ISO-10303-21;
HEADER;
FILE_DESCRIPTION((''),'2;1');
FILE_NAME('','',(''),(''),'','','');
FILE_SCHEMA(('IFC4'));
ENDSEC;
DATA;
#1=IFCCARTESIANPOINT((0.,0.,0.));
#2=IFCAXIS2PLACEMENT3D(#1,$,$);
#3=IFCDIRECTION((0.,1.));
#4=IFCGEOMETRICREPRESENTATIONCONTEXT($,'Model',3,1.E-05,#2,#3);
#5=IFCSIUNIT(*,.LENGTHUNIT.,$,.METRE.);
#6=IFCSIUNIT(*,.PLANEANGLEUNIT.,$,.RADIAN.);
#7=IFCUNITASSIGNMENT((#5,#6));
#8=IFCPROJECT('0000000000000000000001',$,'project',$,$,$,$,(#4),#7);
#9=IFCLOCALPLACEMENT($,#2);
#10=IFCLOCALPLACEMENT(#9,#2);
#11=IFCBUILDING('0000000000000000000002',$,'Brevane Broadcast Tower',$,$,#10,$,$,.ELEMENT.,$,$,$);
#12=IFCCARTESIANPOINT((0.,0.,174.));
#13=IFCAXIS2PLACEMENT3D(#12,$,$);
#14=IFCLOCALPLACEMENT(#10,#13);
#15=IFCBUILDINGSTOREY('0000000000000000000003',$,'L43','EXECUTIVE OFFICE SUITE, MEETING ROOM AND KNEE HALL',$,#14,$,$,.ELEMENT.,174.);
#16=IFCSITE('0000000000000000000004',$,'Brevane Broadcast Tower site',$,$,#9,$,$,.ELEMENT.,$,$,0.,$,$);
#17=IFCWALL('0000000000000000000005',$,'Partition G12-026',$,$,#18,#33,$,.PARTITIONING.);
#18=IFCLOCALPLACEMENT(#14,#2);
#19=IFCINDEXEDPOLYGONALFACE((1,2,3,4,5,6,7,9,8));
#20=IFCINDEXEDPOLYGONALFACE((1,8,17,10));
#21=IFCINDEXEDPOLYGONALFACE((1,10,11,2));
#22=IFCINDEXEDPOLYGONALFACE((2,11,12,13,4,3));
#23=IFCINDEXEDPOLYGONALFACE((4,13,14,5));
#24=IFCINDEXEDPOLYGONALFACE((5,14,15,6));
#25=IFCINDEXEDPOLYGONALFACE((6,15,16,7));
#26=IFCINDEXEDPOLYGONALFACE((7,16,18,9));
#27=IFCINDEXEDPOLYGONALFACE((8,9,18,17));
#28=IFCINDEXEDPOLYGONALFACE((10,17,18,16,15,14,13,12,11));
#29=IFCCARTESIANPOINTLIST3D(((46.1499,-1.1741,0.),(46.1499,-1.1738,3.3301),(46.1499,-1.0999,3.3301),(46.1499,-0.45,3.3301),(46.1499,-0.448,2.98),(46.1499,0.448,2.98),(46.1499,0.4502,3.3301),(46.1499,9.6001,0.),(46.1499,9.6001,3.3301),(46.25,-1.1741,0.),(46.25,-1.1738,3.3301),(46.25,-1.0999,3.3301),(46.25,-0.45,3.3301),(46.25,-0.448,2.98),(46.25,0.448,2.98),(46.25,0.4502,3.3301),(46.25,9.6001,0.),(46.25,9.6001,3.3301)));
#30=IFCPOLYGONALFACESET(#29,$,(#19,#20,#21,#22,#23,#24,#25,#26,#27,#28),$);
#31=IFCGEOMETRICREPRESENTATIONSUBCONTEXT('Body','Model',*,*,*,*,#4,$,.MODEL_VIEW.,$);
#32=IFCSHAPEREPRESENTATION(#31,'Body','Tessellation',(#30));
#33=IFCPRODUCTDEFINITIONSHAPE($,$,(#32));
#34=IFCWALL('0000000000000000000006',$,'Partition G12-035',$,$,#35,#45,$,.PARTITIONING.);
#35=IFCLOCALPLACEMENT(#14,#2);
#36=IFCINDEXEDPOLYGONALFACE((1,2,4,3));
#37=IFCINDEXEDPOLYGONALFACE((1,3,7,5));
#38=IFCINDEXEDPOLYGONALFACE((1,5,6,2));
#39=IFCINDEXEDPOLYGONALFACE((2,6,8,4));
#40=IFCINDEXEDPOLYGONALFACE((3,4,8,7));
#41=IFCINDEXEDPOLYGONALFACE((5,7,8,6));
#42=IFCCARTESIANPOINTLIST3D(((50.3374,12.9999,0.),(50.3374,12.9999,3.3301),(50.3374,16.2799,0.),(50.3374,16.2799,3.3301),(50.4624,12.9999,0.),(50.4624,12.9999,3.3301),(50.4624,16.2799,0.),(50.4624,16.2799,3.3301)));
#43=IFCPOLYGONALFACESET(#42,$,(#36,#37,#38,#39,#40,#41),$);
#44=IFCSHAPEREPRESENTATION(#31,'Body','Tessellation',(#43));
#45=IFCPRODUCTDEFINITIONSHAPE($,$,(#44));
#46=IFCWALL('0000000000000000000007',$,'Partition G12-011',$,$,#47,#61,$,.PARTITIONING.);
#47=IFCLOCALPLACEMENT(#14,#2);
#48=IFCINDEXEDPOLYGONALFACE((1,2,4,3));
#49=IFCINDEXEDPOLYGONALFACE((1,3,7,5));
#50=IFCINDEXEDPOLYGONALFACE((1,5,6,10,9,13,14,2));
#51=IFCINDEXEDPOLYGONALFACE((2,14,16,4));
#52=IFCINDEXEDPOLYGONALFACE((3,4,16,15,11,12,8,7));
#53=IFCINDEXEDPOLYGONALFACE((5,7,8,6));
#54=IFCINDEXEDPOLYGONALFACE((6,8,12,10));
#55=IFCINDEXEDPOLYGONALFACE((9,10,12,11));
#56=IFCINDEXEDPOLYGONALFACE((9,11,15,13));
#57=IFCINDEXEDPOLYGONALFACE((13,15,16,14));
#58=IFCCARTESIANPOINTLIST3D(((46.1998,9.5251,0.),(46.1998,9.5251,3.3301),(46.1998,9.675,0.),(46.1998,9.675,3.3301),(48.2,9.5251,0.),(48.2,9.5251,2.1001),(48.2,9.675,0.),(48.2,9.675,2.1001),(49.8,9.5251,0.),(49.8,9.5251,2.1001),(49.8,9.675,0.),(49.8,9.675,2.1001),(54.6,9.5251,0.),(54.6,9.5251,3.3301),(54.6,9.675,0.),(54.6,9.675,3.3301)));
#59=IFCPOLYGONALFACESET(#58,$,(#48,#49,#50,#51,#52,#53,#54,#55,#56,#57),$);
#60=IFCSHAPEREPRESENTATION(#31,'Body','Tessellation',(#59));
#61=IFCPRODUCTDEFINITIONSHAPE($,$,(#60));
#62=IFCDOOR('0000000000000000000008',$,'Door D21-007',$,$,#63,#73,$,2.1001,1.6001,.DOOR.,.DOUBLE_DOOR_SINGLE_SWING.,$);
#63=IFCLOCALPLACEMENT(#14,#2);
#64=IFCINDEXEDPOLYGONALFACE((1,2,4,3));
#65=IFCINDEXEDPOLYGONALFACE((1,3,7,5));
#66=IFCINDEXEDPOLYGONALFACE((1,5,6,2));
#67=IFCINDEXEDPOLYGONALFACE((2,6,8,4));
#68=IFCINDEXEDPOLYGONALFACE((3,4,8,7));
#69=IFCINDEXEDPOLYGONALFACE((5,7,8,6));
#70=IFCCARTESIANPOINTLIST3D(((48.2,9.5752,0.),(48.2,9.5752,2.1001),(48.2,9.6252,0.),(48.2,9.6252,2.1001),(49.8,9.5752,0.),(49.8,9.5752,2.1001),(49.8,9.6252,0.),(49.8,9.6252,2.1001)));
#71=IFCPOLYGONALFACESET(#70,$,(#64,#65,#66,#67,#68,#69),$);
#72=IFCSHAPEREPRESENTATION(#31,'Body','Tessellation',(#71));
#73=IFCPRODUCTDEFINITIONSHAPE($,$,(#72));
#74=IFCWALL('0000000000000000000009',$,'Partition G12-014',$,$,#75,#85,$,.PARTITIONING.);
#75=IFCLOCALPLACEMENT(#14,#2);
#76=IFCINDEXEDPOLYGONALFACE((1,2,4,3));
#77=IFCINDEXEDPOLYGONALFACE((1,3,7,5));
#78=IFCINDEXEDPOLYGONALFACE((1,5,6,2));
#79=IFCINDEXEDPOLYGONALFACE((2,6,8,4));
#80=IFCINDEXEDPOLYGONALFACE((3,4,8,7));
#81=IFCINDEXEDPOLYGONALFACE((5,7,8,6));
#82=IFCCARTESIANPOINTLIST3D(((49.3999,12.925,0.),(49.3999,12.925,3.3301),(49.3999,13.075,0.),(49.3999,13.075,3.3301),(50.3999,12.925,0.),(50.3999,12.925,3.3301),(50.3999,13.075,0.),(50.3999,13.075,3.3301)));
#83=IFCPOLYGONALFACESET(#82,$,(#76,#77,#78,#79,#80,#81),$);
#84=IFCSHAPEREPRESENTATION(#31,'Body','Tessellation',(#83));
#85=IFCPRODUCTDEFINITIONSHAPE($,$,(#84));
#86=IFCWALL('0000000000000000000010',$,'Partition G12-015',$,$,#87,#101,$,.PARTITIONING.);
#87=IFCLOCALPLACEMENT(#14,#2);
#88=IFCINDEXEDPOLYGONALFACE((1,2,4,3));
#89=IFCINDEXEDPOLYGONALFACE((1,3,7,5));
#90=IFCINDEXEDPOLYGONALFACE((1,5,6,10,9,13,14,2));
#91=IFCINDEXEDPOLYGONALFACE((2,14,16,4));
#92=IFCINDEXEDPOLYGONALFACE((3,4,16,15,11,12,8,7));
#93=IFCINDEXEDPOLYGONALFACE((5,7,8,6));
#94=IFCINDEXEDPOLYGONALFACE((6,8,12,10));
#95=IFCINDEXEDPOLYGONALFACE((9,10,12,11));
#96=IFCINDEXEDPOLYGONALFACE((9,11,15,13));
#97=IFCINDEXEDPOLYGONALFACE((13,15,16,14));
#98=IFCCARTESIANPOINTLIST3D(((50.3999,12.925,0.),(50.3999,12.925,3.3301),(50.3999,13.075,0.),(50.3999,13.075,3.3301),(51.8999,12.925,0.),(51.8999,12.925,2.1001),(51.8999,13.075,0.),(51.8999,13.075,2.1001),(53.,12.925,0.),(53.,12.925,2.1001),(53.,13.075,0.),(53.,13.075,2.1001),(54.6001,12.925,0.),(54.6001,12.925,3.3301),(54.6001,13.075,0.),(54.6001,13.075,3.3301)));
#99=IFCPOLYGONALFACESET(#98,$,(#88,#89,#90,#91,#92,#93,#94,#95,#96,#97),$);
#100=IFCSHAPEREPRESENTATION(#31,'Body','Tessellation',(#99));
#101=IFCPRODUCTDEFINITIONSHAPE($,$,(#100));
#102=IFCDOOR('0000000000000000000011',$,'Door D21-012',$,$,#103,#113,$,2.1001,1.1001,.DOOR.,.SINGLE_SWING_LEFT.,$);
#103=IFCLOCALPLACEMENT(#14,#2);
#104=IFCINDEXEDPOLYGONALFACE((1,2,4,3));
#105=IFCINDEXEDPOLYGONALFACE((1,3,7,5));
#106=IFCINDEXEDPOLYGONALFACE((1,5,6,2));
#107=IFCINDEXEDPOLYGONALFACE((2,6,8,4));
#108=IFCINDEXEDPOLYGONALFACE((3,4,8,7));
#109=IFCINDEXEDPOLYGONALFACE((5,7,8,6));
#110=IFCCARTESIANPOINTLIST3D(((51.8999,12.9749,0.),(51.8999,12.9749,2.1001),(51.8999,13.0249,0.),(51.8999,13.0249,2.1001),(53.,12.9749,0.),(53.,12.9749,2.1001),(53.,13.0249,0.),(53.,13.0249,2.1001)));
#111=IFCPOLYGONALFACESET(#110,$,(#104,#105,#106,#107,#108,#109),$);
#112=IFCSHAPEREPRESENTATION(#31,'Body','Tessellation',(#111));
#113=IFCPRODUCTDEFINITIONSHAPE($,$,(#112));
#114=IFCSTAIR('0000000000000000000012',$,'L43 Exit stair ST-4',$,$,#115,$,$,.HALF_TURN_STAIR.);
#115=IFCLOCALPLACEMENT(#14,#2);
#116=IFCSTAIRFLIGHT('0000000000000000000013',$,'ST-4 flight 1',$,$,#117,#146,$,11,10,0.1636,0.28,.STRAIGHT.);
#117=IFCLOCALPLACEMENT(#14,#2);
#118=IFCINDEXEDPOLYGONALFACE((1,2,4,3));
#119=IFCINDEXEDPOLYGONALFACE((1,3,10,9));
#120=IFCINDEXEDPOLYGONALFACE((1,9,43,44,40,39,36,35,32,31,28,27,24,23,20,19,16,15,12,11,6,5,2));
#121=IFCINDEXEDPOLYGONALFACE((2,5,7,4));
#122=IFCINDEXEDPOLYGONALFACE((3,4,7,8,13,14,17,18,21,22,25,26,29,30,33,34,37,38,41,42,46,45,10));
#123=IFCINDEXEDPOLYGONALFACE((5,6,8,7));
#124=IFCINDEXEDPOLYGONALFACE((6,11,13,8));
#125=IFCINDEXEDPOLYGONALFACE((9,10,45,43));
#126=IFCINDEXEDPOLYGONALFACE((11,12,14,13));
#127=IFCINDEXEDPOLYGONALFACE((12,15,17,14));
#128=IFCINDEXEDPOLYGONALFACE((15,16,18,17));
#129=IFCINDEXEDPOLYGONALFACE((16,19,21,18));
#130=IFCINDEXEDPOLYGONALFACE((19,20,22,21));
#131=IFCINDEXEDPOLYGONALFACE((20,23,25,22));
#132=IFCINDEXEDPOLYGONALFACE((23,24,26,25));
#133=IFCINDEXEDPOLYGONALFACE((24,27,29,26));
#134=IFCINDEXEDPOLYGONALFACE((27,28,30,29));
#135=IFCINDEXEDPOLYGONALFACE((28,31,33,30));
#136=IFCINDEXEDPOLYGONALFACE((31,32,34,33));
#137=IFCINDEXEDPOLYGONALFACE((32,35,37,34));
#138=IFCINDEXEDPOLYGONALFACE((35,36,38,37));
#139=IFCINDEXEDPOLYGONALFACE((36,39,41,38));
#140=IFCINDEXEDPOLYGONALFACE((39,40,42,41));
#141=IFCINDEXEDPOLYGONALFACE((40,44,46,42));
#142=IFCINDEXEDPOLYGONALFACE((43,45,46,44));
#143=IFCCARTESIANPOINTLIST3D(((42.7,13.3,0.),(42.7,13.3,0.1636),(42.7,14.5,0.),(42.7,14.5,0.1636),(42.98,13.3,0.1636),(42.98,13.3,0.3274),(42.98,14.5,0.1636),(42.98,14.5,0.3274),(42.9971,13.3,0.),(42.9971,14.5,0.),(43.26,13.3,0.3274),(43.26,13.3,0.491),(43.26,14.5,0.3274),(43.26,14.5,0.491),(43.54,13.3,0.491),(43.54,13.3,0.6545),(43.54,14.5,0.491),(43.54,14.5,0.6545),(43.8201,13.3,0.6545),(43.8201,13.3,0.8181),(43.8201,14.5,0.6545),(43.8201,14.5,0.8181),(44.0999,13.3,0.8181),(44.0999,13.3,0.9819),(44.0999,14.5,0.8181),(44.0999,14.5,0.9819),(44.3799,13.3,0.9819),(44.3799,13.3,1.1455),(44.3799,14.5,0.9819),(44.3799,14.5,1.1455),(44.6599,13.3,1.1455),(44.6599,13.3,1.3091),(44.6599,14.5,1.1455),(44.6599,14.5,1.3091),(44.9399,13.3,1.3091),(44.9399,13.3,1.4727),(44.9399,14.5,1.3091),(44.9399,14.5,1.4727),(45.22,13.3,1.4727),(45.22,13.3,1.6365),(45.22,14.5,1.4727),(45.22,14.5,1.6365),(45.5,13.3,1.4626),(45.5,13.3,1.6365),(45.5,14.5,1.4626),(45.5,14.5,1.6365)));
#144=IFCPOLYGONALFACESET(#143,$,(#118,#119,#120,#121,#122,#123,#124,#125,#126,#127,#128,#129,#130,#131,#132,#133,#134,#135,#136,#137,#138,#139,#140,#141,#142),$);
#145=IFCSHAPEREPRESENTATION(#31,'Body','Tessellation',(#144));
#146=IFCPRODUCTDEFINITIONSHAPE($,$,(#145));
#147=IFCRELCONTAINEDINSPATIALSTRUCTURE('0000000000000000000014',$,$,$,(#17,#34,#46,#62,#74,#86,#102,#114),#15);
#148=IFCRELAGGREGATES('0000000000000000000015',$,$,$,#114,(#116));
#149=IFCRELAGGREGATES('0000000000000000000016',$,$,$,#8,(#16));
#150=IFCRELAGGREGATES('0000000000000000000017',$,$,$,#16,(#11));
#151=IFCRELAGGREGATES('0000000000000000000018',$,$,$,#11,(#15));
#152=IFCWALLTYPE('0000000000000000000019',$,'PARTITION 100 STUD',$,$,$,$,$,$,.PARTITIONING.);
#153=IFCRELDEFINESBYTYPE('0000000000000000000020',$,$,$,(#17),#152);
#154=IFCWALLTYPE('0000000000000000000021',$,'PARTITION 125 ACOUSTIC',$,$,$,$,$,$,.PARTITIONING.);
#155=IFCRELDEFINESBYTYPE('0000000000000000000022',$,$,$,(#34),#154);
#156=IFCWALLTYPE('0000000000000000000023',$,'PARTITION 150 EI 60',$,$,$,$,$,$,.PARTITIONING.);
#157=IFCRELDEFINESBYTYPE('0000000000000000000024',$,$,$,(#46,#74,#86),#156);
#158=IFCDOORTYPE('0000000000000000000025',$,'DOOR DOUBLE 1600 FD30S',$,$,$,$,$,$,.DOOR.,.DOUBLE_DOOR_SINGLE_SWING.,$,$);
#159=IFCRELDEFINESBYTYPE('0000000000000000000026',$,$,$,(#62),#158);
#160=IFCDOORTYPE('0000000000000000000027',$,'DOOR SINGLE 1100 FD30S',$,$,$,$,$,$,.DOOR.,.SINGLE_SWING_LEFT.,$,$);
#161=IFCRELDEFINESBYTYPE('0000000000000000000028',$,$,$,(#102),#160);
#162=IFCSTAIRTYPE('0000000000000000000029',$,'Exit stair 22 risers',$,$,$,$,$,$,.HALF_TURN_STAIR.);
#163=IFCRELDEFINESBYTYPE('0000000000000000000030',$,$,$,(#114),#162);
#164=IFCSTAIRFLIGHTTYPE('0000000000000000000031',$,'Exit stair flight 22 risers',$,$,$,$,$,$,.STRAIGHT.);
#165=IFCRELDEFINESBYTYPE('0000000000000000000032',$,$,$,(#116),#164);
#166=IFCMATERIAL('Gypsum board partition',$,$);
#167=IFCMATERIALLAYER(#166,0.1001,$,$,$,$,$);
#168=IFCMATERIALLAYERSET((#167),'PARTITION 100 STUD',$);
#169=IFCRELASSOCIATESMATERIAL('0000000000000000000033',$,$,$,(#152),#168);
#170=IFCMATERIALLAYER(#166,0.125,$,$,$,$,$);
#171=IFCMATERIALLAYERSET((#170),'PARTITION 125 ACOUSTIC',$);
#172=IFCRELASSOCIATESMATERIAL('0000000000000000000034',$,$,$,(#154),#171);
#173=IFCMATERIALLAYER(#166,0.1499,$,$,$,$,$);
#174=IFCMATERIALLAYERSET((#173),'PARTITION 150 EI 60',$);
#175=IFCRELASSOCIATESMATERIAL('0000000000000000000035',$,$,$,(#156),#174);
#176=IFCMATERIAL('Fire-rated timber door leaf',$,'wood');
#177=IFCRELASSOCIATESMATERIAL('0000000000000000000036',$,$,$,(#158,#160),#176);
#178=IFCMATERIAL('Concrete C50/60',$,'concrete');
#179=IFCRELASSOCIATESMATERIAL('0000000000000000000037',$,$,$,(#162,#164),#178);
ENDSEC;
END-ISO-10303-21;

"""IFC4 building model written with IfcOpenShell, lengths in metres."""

from ifc_helpers import new_model, si_unit, direction, frame, frame_2d, origin, place, context, subcontext, project, spatial, polyline, rectangle, outline, extrude, material, layer, layer_set, type_object, element, fill, aggregate, save


model = new_model("IFC4")

# Units and contexts
model_context = context("Model", 3, precision=1e-05, world=origin(), true_north=direction((0.0, 1.0)))
body_context = subcontext(model_context, "Body", "Model", "MODEL_VIEW")
ifc_project = project(units=[si_unit("LENGTHUNIT", "METRE"), si_unit("PLANEANGLEUNIT", "RADIAN")], contexts=[model_context])

# Site, building, storey
site_placement = place(None, origin())
site = spatial("IfcSite", under=ifc_project, at=site_placement, Name="Brevane Broadcast Tower site", CompositionType="ELEMENT", RefElevation=0.0)
building_placement = place(site_placement, origin())
building = spatial("IfcBuilding", under=site, at=building_placement, Name="Brevane Broadcast Tower", CompositionType="ELEMENT")
storey_placement = place(building_placement, frame((0.0, 0.0, 174.0)))
storey = spatial("IfcBuildingStorey", under=building, at=storey_placement, Name="L43", Description="EXECUTIVE OFFICE SUITE, MEETING ROOM AND KNEE HALL", CompositionType="ELEMENT", Elevation=174.0)

# Walls
ifc_material_1 = material(Name="Gypsum board partition")
ifc_layer_1 = layer(ifc_material_1, 0.1001)
ifc_layer_set_1 = layer_set([ifc_layer_1], Name="PARTITION 100 STUD")
wall_type_1 = type_object("IfcWallType", Name="PARTITION 100 STUD", PredefinedType="PARTITIONING", material=ifc_layer_set_1)
wall_1_placement = place(storey_placement, frame((46.2, 9.6001, 0.0), z_axis=(0.0, 0.0, 1.0), x_axis=(0.0, -1.0, 0.0)))
element("IfcWall", 1, at=wall_1_placement, inside=storey, type_object=wall_type_1, Name="Partition G12-026", PredefinedType="PARTITIONING", context=body_context, shape_type="SweptSolid", body=[
    extrude(outline(polyline([(0.0, 0.0), (10.7742, 0.0), (10.7739, 3.3301), (10.7, 3.3301), (10.05, 3.3301), (10.0481, 2.98), (9.1521, 2.98), (9.1499, 3.3301), (0.0, 3.3301), (0.0, 0.0)])), frame((0.0, 0.05, 0.0), z_axis=(0.0, -1.0, 0.0), x_axis=(1.0, 0.0, 0.0)), (0.0, 0.0, 1.0), 0.1001),
])
ifc_layer_2 = layer(ifc_material_1, 0.125)
ifc_layer_set_2 = layer_set([ifc_layer_2], Name="PARTITION 125 ACOUSTIC")
wall_type_2 = type_object("IfcWallType", Name="PARTITION 125 ACOUSTIC", PredefinedType="PARTITIONING", material=ifc_layer_set_2)
wall_2_placement = place(storey_placement, frame((50.3999, 16.28, 0.0), z_axis=(0.0, 0.0, 1.0), x_axis=(0.0, -1.0, 0.0)))
element("IfcWall", 2, at=wall_2_placement, inside=storey, type_object=wall_type_2, Name="Partition G12-035", PredefinedType="PARTITIONING", context=body_context, shape_type="SweptSolid", body=[
    extrude(rectangle(XDim=3.28, YDim=0.125, at=frame_2d((1.6401, 0.0))), origin(), (0.0, 0.0, 1.0), 3.3301),
])

# Wall, opening, door
ifc_layer_3 = layer(ifc_material_1, 0.1499)
ifc_layer_set_3 = layer_set([ifc_layer_3], Name="PARTITION 150 EI 60")
wall_type_3 = type_object("IfcWallType", Name="PARTITION 150 EI 60", PredefinedType="PARTITIONING", material=ifc_layer_set_3)
ifc_material_2 = material(Name="Fire-rated timber door leaf", Category="wood")
wall_3_placement = place(storey_placement, frame((54.6001, 9.6001, 0.0), z_axis=(0.0, 0.0, 1.0), x_axis=(-1.0, 0.0, 0.0)))
wall_3 = element("IfcWall", 3, at=wall_3_placement, inside=storey, type_object=wall_type_3, Name="Partition G12-011", PredefinedType="PARTITIONING", context=body_context, shape_type="SweptSolid", body=[
    extrude(rectangle(XDim=8.4001, YDim=0.1499, at=frame_2d((4.2002, 0.0))), origin(), (0.0, 0.0, 1.0), 3.3301),
])
opening_1_placement = place(wall_3_placement, frame((4.8, 0.0, 0.0)))
opening_1 = element("IfcOpeningElement", 4, at=opening_1_placement, cuts=wall_3, PredefinedType="OPENING", context=body_context, shape_type="SweptSolid", body=[
    extrude(rectangle(XDim=1.6001, YDim=2.1001, at=frame_2d((0.8, 1.05))), frame((0.0, 0.085, 0.0), z_axis=(0.0, -1.0, 0.0), x_axis=(1.0, 0.0, 0.0)), (0.0, 0.0, 1.0), 0.1699),
])
door_type_1 = type_object("IfcDoorType", Name="DOOR DOUBLE 1600 FD30S", OperationType="DOUBLE_DOOR_SINGLE_SWING", PredefinedType="DOOR", material=ifc_material_2)
door_1_placement = place(opening_1_placement, origin())
door_1 = element("IfcDoor", 5, at=door_1_placement, inside=storey, type_object=door_type_1, Name="Door D21-007", OperationType="DOUBLE_DOOR_SINGLE_SWING", OverallHeight=2.1001, OverallWidth=1.6001, PredefinedType="DOOR", context=body_context, shape_type="SweptSolid", body=[
    extrude(rectangle(XDim=1.6001, YDim=2.1001, at=frame_2d((0.8, 1.05))), frame((0.0, 0.0249, 0.0), z_axis=(0.0, -1.0, 0.0), x_axis=(1.0, 0.0, 0.0)), (0.0, 0.0, 1.0), 0.05),
])
fill(opening_1, door_1)

# Wall
wall_4_placement = place(storey_placement, frame((49.3999, 13.0, 0.0), z_axis=(0.0, 0.0, 1.0), x_axis=(1.0, 0.0, 0.0)))
element("IfcWall", 6, at=wall_4_placement, inside=storey, type_object=wall_type_3, Name="Partition G12-014", PredefinedType="PARTITIONING", context=body_context, shape_type="SweptSolid", body=[
    extrude(rectangle(XDim=1.0, YDim=0.1499, at=frame_2d((0.5, 0.0))), origin(), (0.0, 0.0, 1.0), 3.3301),
])

# Wall, opening, door
wall_5_placement = place(storey_placement, frame((50.3999, 13.0, 0.0), z_axis=(0.0, 0.0, 1.0), x_axis=(1.0, 0.0, 0.0)))
wall_5 = element("IfcWall", 7, at=wall_5_placement, inside=storey, type_object=wall_type_3, Name="Partition G12-015", PredefinedType="PARTITIONING", context=body_context, shape_type="SweptSolid", body=[
    extrude(rectangle(XDim=4.2002, YDim=0.1499, at=frame_2d((2.1001, 0.0))), origin(), (0.0, 0.0, 1.0), 3.3301),
])
opening_2_placement = place(wall_5_placement, frame((1.5, 0.0, 0.0)))
opening_2 = element("IfcOpeningElement", 8, at=opening_2_placement, cuts=wall_5, PredefinedType="OPENING", context=body_context, shape_type="SweptSolid", body=[
    extrude(rectangle(XDim=1.1001, YDim=2.1001, at=frame_2d((0.55, 1.05))), frame((0.0, 0.085, 0.0), z_axis=(0.0, -1.0, 0.0), x_axis=(1.0, 0.0, 0.0)), (0.0, 0.0, 1.0), 0.1699),
])
door_type_2 = type_object("IfcDoorType", Name="DOOR SINGLE 1100 FD30S", OperationType="SINGLE_SWING_LEFT", PredefinedType="DOOR", material=ifc_material_2)
door_2_placement = place(opening_2_placement, origin())
door_2 = element("IfcDoor", 9, at=door_2_placement, inside=storey, type_object=door_type_2, Name="Door D21-012", OperationType="SINGLE_SWING_LEFT", OverallHeight=2.1001, OverallWidth=1.1001, PredefinedType="DOOR", context=body_context, shape_type="SweptSolid", body=[
    extrude(rectangle(XDim=1.1001, YDim=2.1001, at=frame_2d((0.55, 1.05))), frame((0.0, 0.0249, 0.0), z_axis=(0.0, -1.0, 0.0), x_axis=(1.0, 0.0, 0.0)), (0.0, 0.0, 1.0), 0.05),
])
fill(opening_2, door_2)

# Stair, stair flight
ifc_material_3 = material(Name="Concrete C50/60", Category="concrete")
stair_type = type_object("IfcStairType", Name="Exit stair 22 risers", PredefinedType="HALF_TURN_STAIR", material=ifc_material_3)
stair_placement = place(storey_placement, origin())
stair = element("IfcStair", 10, at=stair_placement, inside=storey, type_object=stair_type, Name="L43 Exit stair ST-4", PredefinedType="HALF_TURN_STAIR")
stair_flight_type = type_object("IfcStairFlightType", Name="Exit stair flight 22 risers", PredefinedType="STRAIGHT", material=ifc_material_3)
stair_flight_1_placement = place(storey_placement, frame((42.7, 13.8999, 0.0), z_axis=(0.0, 0.0, 1.0), x_axis=(1.0, 0.0, 0.0)))
stair_flight_1 = element("IfcStairFlight", 11, at=stair_flight_1_placement, type_object=stair_flight_type, Name="ST-4 flight 1", NumberOfRisers=11, NumberOfTreads=10, PredefinedType="STRAIGHT", RiserHeight=0.1636, TreadLength=0.28, context=body_context, shape_type="SweptSolid", body=[
    extrude(outline(polyline([(0.0, 0.0), (0.0, 0.1636), (0.28, 0.1636), (0.28, 0.3274), (0.5601, 0.3274), (0.5601, 0.491), (0.8401, 0.491), (0.8401, 0.6545), (1.1201, 0.6545), (1.1201, 0.8181), (1.3999, 0.8181), (1.3999, 0.9819), (1.6799, 0.9819), (1.6799, 1.1455), (1.96, 1.1455), (1.96, 1.3091), (2.24, 1.3091), (2.24, 1.4727), (2.52, 1.4727), (2.52, 1.6365), (2.8, 1.6365), (2.8, 1.8), (2.8, 1.4626), (0.2971, 0.0), (0.0, 0.0)])), frame((0.0, 0.6001, 0.0), z_axis=(0.0, -1.0, 0.0), x_axis=(1.0, 0.0, 0.0)), (0.0, 0.0, 1.0), 1.2),
])
aggregate(stair, [stair_flight_1])

save(model, "model.ifc")
